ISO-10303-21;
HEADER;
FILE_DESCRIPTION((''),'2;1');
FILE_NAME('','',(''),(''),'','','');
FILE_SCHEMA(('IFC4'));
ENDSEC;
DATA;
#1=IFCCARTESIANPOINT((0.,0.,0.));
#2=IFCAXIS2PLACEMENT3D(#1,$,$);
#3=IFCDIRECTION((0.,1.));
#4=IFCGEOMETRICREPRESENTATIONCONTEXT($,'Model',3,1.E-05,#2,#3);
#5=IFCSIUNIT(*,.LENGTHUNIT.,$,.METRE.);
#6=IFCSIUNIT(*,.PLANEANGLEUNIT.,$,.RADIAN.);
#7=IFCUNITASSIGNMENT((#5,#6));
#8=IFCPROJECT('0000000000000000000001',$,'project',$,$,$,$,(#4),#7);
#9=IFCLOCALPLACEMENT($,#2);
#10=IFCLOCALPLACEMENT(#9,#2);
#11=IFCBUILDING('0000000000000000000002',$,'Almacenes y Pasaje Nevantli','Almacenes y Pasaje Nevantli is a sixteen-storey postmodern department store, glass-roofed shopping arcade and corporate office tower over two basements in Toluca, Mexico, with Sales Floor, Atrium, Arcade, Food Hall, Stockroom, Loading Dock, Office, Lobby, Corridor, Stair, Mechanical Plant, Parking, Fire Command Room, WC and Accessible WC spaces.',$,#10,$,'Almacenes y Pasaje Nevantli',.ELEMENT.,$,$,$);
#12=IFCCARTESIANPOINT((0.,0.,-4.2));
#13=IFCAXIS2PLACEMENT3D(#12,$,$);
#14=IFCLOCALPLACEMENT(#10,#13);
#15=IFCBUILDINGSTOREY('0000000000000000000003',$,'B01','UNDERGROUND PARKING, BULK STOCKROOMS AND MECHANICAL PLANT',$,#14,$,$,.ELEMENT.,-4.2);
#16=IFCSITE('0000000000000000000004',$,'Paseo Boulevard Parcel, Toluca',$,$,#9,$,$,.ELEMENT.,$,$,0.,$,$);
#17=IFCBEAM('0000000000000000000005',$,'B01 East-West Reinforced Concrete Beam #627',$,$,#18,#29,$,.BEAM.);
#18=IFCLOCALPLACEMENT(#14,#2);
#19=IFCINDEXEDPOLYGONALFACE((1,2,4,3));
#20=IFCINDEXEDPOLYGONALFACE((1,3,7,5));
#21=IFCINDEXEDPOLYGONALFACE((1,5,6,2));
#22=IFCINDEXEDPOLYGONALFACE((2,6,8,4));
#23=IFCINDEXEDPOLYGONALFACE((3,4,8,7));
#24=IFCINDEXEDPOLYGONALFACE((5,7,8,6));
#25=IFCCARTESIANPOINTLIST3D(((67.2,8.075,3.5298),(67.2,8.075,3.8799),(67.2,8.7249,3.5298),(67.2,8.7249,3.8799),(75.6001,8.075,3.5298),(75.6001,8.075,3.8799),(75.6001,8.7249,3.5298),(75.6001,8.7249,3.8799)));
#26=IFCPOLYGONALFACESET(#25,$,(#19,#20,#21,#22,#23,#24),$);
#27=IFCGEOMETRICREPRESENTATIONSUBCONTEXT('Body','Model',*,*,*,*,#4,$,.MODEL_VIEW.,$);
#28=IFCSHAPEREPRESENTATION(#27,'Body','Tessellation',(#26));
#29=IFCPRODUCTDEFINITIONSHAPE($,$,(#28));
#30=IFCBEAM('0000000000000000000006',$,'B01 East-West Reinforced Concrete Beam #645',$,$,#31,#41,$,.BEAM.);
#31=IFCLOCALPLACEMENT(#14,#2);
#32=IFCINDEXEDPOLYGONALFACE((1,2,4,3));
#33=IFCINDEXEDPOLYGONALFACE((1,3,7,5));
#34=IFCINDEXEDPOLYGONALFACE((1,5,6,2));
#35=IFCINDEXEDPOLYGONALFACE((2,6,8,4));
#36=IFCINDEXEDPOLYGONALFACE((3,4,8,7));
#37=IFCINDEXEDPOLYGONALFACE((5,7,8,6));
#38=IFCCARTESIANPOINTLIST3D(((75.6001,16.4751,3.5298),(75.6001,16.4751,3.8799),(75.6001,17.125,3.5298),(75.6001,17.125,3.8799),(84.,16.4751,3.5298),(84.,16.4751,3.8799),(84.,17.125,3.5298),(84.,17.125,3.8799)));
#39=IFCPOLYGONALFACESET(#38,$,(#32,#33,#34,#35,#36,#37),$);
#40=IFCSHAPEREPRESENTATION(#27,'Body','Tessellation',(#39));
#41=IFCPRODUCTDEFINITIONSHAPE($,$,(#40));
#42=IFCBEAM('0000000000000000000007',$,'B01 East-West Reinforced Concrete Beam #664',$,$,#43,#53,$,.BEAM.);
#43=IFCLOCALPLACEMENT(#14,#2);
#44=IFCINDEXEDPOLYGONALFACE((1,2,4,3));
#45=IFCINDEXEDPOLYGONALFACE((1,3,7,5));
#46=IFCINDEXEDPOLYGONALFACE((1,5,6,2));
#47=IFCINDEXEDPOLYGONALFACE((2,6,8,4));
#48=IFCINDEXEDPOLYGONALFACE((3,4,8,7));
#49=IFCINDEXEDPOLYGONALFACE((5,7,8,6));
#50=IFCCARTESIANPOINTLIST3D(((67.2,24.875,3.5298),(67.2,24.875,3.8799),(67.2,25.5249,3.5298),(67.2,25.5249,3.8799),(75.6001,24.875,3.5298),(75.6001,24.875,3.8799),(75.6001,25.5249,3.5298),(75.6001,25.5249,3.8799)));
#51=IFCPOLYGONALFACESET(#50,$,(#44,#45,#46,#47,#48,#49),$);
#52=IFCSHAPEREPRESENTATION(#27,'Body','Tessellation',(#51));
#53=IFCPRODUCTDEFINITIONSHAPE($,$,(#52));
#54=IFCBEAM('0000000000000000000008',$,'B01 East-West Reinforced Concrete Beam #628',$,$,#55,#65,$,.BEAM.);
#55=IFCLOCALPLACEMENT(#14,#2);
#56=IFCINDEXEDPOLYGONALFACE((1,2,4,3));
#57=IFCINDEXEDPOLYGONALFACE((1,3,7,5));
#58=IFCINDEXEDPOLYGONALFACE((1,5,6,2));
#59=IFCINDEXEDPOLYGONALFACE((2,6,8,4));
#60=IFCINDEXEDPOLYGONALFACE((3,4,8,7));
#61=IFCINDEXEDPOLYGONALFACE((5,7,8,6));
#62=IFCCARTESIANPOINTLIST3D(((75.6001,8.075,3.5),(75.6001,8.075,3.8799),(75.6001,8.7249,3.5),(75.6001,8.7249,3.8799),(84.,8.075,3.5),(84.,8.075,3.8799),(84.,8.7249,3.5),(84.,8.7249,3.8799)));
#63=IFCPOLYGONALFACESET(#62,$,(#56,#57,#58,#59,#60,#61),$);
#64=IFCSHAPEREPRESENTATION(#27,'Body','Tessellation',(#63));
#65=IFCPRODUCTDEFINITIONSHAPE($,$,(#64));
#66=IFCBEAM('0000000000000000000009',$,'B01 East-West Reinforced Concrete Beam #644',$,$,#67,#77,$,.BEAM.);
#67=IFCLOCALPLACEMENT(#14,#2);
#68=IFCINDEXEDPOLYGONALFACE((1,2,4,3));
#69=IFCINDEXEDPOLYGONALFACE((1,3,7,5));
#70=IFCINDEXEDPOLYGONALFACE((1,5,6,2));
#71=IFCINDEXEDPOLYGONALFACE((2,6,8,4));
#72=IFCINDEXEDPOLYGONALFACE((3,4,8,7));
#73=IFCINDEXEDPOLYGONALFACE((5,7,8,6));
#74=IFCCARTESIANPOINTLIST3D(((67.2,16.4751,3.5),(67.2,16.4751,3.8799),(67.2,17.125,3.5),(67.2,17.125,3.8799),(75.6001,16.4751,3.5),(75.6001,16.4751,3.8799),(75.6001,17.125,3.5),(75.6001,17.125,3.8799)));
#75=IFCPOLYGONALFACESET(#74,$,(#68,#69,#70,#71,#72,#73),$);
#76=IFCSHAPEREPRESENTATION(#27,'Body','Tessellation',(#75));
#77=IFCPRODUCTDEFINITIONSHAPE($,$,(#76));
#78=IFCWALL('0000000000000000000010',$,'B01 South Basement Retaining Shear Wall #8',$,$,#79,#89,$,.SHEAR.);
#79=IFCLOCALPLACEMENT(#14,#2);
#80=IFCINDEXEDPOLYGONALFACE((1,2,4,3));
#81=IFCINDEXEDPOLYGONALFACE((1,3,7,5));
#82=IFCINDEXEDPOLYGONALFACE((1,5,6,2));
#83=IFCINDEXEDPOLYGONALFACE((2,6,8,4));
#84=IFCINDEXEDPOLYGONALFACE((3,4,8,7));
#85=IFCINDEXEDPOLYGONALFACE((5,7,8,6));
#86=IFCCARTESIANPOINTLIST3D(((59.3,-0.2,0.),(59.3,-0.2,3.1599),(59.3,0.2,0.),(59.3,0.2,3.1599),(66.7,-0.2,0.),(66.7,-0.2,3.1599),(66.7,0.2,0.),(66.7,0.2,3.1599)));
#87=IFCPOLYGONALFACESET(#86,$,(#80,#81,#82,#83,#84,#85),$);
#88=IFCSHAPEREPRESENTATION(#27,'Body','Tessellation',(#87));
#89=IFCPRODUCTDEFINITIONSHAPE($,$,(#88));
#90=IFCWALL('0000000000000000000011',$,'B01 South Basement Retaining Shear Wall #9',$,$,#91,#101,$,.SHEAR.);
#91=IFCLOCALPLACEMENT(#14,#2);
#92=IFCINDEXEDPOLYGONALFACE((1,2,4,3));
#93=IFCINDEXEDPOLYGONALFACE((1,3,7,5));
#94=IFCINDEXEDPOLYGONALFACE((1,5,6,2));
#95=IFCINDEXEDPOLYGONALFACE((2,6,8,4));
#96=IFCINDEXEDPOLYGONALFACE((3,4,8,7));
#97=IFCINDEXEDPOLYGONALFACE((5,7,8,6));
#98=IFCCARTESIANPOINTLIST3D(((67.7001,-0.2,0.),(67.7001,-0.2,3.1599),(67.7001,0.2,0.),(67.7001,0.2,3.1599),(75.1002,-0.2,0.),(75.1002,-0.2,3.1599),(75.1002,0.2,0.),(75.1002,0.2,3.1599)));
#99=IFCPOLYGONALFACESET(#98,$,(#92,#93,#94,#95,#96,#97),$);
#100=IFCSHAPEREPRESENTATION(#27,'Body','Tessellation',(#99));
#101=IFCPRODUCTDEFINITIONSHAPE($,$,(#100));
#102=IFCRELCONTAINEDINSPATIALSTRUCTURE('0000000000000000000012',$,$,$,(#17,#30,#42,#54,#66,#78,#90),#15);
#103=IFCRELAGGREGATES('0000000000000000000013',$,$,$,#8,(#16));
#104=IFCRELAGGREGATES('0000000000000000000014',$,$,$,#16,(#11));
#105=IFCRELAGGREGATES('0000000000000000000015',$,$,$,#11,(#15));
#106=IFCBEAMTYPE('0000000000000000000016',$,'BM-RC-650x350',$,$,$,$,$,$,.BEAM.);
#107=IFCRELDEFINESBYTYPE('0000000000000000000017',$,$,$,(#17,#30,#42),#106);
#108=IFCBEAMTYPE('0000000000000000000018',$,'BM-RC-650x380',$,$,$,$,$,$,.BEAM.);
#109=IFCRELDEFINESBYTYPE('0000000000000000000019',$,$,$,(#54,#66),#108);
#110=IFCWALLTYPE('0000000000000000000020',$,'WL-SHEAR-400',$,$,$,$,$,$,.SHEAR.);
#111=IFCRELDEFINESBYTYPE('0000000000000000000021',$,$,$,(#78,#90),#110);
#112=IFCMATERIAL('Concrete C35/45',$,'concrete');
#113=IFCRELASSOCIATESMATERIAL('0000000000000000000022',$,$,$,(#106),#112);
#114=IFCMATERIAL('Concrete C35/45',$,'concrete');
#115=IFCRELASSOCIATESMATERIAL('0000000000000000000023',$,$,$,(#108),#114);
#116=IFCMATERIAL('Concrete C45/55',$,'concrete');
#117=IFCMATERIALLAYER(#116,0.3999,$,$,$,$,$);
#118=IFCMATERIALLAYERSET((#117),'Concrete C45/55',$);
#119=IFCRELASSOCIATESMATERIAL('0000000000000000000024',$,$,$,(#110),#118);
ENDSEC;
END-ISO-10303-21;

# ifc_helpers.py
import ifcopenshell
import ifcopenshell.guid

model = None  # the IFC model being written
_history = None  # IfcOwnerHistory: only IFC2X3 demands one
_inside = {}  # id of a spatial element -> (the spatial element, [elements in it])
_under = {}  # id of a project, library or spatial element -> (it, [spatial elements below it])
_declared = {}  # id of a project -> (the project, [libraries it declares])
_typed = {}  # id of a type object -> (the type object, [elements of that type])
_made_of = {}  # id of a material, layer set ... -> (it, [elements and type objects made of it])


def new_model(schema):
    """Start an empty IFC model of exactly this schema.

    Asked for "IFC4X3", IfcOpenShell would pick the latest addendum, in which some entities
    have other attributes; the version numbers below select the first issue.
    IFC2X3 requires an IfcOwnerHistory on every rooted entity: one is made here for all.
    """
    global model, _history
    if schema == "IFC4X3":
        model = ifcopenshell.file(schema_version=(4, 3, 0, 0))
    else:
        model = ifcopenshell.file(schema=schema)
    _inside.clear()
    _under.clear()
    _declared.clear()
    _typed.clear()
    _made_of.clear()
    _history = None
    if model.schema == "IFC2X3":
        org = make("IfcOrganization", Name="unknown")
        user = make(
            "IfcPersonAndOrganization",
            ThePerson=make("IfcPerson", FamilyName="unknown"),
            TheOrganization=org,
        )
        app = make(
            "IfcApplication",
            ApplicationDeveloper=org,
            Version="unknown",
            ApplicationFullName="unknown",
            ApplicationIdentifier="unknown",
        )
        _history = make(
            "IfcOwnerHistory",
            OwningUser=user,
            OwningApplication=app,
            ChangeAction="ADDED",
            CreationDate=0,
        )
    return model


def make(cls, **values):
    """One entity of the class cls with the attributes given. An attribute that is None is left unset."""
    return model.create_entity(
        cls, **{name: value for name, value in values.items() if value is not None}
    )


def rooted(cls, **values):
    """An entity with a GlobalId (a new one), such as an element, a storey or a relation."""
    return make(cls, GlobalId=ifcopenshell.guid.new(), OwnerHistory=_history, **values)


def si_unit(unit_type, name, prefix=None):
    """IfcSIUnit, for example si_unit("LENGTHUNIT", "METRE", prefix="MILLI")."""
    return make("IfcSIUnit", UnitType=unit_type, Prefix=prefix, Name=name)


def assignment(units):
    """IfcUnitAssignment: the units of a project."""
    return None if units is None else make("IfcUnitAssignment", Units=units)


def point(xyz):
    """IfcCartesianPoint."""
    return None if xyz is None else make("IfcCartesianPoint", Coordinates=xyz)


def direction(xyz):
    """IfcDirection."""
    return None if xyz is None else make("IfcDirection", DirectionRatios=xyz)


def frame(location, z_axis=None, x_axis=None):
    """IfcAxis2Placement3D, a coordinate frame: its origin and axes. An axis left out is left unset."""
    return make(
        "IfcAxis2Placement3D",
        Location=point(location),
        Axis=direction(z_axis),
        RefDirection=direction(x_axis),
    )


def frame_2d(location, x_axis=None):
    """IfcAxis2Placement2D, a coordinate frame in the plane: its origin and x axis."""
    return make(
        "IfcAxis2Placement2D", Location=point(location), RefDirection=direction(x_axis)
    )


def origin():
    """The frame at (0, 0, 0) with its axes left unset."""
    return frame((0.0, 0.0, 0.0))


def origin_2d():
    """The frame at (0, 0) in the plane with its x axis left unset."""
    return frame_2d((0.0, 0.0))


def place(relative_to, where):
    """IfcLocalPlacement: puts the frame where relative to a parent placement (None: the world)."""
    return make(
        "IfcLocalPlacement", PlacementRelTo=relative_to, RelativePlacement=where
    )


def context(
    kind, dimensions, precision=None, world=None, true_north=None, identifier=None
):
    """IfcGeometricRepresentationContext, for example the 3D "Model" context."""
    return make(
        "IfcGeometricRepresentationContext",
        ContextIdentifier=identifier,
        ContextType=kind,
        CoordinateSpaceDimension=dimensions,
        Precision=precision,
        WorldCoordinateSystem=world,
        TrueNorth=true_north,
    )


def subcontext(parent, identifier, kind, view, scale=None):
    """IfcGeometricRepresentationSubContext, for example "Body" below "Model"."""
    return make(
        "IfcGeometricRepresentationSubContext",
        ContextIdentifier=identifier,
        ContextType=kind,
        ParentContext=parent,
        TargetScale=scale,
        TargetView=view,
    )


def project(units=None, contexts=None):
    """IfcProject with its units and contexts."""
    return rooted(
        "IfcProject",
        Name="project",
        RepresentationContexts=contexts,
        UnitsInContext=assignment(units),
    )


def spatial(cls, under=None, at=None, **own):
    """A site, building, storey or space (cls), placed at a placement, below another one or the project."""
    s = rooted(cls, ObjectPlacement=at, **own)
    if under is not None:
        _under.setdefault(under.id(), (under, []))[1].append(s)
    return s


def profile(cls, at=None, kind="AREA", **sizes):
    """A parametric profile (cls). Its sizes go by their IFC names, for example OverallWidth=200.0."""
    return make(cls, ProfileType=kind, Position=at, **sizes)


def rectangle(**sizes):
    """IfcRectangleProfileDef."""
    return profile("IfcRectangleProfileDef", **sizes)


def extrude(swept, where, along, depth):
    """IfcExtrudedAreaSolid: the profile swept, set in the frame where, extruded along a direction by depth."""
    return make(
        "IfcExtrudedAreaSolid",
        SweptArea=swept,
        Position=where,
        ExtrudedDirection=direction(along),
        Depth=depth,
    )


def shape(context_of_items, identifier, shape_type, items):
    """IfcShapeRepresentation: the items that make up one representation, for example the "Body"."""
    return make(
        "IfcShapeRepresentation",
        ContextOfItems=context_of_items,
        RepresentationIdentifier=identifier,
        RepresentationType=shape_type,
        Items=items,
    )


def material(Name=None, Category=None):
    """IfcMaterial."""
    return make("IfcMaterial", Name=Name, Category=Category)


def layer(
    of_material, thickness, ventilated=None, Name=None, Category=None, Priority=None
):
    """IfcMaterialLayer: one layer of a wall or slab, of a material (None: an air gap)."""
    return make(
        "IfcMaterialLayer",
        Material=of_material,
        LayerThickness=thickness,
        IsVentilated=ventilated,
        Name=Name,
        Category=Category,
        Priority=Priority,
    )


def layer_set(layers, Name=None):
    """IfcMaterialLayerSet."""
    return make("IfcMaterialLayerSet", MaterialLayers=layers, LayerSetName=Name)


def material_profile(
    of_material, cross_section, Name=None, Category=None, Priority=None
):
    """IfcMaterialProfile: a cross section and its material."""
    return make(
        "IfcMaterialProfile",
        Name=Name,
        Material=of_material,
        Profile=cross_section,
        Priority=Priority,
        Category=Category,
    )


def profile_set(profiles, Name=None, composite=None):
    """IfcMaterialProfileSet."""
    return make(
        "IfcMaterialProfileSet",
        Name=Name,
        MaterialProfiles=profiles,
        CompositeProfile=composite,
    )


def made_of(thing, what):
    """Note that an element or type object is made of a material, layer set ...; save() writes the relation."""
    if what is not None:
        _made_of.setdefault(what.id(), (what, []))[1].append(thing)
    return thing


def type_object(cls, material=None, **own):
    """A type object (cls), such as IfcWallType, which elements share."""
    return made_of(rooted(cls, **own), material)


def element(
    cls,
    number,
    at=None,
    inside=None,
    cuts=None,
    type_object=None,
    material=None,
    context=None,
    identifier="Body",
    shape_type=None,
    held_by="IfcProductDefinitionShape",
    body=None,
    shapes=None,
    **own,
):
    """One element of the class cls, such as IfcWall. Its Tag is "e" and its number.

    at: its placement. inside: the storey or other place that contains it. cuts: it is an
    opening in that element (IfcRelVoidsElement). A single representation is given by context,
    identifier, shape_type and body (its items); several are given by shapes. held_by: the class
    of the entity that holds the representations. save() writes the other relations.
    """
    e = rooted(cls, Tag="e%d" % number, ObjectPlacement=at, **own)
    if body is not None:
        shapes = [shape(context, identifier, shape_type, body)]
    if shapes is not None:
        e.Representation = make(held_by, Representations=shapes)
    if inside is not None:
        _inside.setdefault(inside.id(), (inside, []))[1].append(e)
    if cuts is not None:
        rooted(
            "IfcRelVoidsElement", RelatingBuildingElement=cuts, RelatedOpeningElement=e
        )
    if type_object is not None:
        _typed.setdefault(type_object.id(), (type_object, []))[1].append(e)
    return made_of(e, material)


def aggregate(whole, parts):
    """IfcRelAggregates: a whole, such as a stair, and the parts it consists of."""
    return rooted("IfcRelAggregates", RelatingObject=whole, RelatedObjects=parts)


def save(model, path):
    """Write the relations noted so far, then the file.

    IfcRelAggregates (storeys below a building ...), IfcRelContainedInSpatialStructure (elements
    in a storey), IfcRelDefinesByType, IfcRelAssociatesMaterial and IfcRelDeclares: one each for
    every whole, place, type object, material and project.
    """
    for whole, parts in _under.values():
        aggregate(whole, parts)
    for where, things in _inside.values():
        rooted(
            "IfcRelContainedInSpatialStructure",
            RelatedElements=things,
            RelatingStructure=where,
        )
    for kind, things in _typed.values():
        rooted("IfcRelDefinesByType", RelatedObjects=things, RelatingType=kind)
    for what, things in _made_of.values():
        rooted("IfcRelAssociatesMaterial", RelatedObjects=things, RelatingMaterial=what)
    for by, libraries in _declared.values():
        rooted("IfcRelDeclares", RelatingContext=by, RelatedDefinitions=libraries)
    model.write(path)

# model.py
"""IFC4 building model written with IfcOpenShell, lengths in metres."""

from ifc_helpers import new_model, si_unit, direction, frame, frame_2d, origin, origin_2d, place, context, subcontext, project, spatial, rectangle, extrude, material, layer, layer_set, material_profile, profile_set, type_object, element, save


model = new_model("IFC4")

# Units and contexts
model_context = context("Model", 3, precision=1e-05, world=origin(), true_north=direction((0.0, 1.0)))
body_context = subcontext(model_context, "Body", "Model", "MODEL_VIEW")
ifc_project = project(units=[si_unit("LENGTHUNIT", "METRE"), si_unit("PLANEANGLEUNIT", "RADIAN")], contexts=[model_context])

# Site, building, storey
site_placement = place(None, origin())
site = spatial("IfcSite", under=ifc_project, at=site_placement, Name="Paseo Boulevard Parcel, Toluca", CompositionType="ELEMENT", RefElevation=0.0)
building_placement = place(site_placement, origin())
building = spatial("IfcBuilding", under=site, at=building_placement, Name="Almacenes y Pasaje Nevantli", Description="Almacenes y Pasaje Nevantli is a sixteen-storey postmodern department store, glass-roofed shopping arcade and corporate office tower over two basements in Toluca, Mexico, with Sales Floor, Atrium, Arcade, Food Hall, Stockroom, Loading Dock, Office, Lobby, Corridor, Stair, Mechanical Plant, Parking, Fire Command Room, WC and Accessible WC spaces.", LongName="Almacenes y Pasaje Nevantli", CompositionType="ELEMENT")
storey_placement = place(building_placement, frame((0.0, 0.0, -4.2)))
storey = spatial("IfcBuildingStorey", under=building, at=storey_placement, Name="B01", Description="UNDERGROUND PARKING, BULK STOCKROOMS AND MECHANICAL PLANT", CompositionType="ELEMENT", Elevation=-4.2)

# Beams
ifc_material_1 = material(Name="Concrete C35/45", Category="concrete")
ifc_material_profile_1 = material_profile(ifc_material_1, rectangle(XDim=0.6499, YDim=0.3501, at=origin_2d()), Name="RC-BM-650x350")
ifc_profile_set_1 = profile_set([ifc_material_profile_1], Name="Concrete C35/45")
beam_type_1 = type_object("IfcBeamType", Name="BM-RC-650x350", PredefinedType="BEAM", material=ifc_profile_set_1)
beam_1_placement = place(storey_placement, frame((67.2, 8.3999, 3.7048), z_axis=(1.0, 0.0, 0.0), x_axis=(0.0, 1.0, 0.0)))
element("IfcBeam", 1, at=beam_1_placement, inside=storey, type_object=beam_type_1, Name="B01 East-West Reinforced Concrete Beam #627", PredefinedType="BEAM", context=body_context, shape_type="SweptSolid", body=[
    extrude(rectangle(XDim=0.6499, YDim=0.3501, at=origin_2d()), origin(), (0.0, 0.0, 1.0), 8.4001),
])
beam_2_placement = place(storey_placement, frame((75.6001, 16.8, 3.7048), z_axis=(1.0, 0.0, 0.0), x_axis=(0.0, 1.0, 0.0)))
element("IfcBeam", 2, at=beam_2_placement, inside=storey, type_object=beam_type_1, Name="B01 East-West Reinforced Concrete Beam #645", PredefinedType="BEAM", context=body_context, shape_type="SweptSolid", body=[
    extrude(rectangle(XDim=0.6499, YDim=0.3501, at=origin_2d()), origin(), (0.0, 0.0, 1.0), 8.3999),
])
beam_3_placement = place(storey_placement, frame((67.2, 25.2, 3.7048), z_axis=(1.0, 0.0, 0.0), x_axis=(0.0, 1.0, 0.0)))
element("IfcBeam", 3, at=beam_3_placement, inside=storey, type_object=beam_type_1, Name="B01 East-West Reinforced Concrete Beam #664", PredefinedType="BEAM", context=body_context, shape_type="SweptSolid", body=[
    extrude(rectangle(XDim=0.6499, YDim=0.3501, at=origin_2d()), origin(), (0.0, 0.0, 1.0), 8.4001),
])
ifc_material_2 = material(Name="Concrete C35/45", Category="concrete")
ifc_material_profile_2 = material_profile(ifc_material_2, rectangle(XDim=0.6499, YDim=0.3799, at=origin_2d()), Name="RC-BM-650x380")
ifc_profile_set_2 = profile_set([ifc_material_profile_2], Name="Concrete C35/45")
beam_type_2 = type_object("IfcBeamType", Name="BM-RC-650x380", PredefinedType="BEAM", material=ifc_profile_set_2)
beam_4_placement = place(storey_placement, frame((75.6001, 8.3999, 3.6899), z_axis=(1.0, 0.0, 0.0), x_axis=(0.0, 1.0, 0.0)))
element("IfcBeam", 4, at=beam_4_placement, inside=storey, type_object=beam_type_2, Name="B01 East-West Reinforced Concrete Beam #628", PredefinedType="BEAM", context=body_context, shape_type="SweptSolid", body=[
    extrude(rectangle(XDim=0.6499, YDim=0.3799, at=origin_2d()), origin(), (0.0, 0.0, 1.0), 8.3999),
])
beam_5_placement = place(storey_placement, frame((67.2, 16.8, 3.6899), z_axis=(1.0, 0.0, 0.0), x_axis=(0.0, 1.0, 0.0)))
element("IfcBeam", 5, at=beam_5_placement, inside=storey, type_object=beam_type_2, Name="B01 East-West Reinforced Concrete Beam #644", PredefinedType="BEAM", context=body_context, shape_type="SweptSolid", body=[
    extrude(rectangle(XDim=0.6499, YDim=0.3799, at=origin_2d()), origin(), (0.0, 0.0, 1.0), 8.4001),
])

# Walls
ifc_material_3 = material(Name="Concrete C45/55", Category="concrete")
ifc_layer = layer(ifc_material_3, 0.3999)
ifc_layer_set = layer_set([ifc_layer], Name="Concrete C45/55")
wall_type = type_object("IfcWallType", Name="WL-SHEAR-400", PredefinedType="SHEAR", material=ifc_layer_set)
wall_1_placement = place(storey_placement, frame((59.3, 0.0, 0.0), z_axis=(0.0, 0.0, 1.0), x_axis=(1.0, 0.0, 0.0)))
element("IfcWall", 6, at=wall_1_placement, inside=storey, type_object=wall_type, Name="B01 South Basement Retaining Shear Wall #8", PredefinedType="SHEAR", context=body_context, shape_type="SweptSolid", body=[
    extrude(rectangle(XDim=7.3999, YDim=0.3999, at=frame_2d((3.7, 0.0))), origin(), (0.0, 0.0, 1.0), 3.1599),
])
wall_2_placement = place(storey_placement, frame((67.7, 0.0, 0.0), z_axis=(0.0, 0.0, 1.0), x_axis=(1.0, 0.0, 0.0)))
element("IfcWall", 7, at=wall_2_placement, inside=storey, type_object=wall_type, Name="B01 South Basement Retaining Shear Wall #9", PredefinedType="SHEAR", context=body_context, shape_type="SweptSolid", body=[
    extrude(rectangle(XDim=7.4001, YDim=0.3999, at=frame_2d((3.7002, 0.0))), origin(), (0.0, 0.0, 1.0), 3.1599),
])

save(model, "model.ifc")
